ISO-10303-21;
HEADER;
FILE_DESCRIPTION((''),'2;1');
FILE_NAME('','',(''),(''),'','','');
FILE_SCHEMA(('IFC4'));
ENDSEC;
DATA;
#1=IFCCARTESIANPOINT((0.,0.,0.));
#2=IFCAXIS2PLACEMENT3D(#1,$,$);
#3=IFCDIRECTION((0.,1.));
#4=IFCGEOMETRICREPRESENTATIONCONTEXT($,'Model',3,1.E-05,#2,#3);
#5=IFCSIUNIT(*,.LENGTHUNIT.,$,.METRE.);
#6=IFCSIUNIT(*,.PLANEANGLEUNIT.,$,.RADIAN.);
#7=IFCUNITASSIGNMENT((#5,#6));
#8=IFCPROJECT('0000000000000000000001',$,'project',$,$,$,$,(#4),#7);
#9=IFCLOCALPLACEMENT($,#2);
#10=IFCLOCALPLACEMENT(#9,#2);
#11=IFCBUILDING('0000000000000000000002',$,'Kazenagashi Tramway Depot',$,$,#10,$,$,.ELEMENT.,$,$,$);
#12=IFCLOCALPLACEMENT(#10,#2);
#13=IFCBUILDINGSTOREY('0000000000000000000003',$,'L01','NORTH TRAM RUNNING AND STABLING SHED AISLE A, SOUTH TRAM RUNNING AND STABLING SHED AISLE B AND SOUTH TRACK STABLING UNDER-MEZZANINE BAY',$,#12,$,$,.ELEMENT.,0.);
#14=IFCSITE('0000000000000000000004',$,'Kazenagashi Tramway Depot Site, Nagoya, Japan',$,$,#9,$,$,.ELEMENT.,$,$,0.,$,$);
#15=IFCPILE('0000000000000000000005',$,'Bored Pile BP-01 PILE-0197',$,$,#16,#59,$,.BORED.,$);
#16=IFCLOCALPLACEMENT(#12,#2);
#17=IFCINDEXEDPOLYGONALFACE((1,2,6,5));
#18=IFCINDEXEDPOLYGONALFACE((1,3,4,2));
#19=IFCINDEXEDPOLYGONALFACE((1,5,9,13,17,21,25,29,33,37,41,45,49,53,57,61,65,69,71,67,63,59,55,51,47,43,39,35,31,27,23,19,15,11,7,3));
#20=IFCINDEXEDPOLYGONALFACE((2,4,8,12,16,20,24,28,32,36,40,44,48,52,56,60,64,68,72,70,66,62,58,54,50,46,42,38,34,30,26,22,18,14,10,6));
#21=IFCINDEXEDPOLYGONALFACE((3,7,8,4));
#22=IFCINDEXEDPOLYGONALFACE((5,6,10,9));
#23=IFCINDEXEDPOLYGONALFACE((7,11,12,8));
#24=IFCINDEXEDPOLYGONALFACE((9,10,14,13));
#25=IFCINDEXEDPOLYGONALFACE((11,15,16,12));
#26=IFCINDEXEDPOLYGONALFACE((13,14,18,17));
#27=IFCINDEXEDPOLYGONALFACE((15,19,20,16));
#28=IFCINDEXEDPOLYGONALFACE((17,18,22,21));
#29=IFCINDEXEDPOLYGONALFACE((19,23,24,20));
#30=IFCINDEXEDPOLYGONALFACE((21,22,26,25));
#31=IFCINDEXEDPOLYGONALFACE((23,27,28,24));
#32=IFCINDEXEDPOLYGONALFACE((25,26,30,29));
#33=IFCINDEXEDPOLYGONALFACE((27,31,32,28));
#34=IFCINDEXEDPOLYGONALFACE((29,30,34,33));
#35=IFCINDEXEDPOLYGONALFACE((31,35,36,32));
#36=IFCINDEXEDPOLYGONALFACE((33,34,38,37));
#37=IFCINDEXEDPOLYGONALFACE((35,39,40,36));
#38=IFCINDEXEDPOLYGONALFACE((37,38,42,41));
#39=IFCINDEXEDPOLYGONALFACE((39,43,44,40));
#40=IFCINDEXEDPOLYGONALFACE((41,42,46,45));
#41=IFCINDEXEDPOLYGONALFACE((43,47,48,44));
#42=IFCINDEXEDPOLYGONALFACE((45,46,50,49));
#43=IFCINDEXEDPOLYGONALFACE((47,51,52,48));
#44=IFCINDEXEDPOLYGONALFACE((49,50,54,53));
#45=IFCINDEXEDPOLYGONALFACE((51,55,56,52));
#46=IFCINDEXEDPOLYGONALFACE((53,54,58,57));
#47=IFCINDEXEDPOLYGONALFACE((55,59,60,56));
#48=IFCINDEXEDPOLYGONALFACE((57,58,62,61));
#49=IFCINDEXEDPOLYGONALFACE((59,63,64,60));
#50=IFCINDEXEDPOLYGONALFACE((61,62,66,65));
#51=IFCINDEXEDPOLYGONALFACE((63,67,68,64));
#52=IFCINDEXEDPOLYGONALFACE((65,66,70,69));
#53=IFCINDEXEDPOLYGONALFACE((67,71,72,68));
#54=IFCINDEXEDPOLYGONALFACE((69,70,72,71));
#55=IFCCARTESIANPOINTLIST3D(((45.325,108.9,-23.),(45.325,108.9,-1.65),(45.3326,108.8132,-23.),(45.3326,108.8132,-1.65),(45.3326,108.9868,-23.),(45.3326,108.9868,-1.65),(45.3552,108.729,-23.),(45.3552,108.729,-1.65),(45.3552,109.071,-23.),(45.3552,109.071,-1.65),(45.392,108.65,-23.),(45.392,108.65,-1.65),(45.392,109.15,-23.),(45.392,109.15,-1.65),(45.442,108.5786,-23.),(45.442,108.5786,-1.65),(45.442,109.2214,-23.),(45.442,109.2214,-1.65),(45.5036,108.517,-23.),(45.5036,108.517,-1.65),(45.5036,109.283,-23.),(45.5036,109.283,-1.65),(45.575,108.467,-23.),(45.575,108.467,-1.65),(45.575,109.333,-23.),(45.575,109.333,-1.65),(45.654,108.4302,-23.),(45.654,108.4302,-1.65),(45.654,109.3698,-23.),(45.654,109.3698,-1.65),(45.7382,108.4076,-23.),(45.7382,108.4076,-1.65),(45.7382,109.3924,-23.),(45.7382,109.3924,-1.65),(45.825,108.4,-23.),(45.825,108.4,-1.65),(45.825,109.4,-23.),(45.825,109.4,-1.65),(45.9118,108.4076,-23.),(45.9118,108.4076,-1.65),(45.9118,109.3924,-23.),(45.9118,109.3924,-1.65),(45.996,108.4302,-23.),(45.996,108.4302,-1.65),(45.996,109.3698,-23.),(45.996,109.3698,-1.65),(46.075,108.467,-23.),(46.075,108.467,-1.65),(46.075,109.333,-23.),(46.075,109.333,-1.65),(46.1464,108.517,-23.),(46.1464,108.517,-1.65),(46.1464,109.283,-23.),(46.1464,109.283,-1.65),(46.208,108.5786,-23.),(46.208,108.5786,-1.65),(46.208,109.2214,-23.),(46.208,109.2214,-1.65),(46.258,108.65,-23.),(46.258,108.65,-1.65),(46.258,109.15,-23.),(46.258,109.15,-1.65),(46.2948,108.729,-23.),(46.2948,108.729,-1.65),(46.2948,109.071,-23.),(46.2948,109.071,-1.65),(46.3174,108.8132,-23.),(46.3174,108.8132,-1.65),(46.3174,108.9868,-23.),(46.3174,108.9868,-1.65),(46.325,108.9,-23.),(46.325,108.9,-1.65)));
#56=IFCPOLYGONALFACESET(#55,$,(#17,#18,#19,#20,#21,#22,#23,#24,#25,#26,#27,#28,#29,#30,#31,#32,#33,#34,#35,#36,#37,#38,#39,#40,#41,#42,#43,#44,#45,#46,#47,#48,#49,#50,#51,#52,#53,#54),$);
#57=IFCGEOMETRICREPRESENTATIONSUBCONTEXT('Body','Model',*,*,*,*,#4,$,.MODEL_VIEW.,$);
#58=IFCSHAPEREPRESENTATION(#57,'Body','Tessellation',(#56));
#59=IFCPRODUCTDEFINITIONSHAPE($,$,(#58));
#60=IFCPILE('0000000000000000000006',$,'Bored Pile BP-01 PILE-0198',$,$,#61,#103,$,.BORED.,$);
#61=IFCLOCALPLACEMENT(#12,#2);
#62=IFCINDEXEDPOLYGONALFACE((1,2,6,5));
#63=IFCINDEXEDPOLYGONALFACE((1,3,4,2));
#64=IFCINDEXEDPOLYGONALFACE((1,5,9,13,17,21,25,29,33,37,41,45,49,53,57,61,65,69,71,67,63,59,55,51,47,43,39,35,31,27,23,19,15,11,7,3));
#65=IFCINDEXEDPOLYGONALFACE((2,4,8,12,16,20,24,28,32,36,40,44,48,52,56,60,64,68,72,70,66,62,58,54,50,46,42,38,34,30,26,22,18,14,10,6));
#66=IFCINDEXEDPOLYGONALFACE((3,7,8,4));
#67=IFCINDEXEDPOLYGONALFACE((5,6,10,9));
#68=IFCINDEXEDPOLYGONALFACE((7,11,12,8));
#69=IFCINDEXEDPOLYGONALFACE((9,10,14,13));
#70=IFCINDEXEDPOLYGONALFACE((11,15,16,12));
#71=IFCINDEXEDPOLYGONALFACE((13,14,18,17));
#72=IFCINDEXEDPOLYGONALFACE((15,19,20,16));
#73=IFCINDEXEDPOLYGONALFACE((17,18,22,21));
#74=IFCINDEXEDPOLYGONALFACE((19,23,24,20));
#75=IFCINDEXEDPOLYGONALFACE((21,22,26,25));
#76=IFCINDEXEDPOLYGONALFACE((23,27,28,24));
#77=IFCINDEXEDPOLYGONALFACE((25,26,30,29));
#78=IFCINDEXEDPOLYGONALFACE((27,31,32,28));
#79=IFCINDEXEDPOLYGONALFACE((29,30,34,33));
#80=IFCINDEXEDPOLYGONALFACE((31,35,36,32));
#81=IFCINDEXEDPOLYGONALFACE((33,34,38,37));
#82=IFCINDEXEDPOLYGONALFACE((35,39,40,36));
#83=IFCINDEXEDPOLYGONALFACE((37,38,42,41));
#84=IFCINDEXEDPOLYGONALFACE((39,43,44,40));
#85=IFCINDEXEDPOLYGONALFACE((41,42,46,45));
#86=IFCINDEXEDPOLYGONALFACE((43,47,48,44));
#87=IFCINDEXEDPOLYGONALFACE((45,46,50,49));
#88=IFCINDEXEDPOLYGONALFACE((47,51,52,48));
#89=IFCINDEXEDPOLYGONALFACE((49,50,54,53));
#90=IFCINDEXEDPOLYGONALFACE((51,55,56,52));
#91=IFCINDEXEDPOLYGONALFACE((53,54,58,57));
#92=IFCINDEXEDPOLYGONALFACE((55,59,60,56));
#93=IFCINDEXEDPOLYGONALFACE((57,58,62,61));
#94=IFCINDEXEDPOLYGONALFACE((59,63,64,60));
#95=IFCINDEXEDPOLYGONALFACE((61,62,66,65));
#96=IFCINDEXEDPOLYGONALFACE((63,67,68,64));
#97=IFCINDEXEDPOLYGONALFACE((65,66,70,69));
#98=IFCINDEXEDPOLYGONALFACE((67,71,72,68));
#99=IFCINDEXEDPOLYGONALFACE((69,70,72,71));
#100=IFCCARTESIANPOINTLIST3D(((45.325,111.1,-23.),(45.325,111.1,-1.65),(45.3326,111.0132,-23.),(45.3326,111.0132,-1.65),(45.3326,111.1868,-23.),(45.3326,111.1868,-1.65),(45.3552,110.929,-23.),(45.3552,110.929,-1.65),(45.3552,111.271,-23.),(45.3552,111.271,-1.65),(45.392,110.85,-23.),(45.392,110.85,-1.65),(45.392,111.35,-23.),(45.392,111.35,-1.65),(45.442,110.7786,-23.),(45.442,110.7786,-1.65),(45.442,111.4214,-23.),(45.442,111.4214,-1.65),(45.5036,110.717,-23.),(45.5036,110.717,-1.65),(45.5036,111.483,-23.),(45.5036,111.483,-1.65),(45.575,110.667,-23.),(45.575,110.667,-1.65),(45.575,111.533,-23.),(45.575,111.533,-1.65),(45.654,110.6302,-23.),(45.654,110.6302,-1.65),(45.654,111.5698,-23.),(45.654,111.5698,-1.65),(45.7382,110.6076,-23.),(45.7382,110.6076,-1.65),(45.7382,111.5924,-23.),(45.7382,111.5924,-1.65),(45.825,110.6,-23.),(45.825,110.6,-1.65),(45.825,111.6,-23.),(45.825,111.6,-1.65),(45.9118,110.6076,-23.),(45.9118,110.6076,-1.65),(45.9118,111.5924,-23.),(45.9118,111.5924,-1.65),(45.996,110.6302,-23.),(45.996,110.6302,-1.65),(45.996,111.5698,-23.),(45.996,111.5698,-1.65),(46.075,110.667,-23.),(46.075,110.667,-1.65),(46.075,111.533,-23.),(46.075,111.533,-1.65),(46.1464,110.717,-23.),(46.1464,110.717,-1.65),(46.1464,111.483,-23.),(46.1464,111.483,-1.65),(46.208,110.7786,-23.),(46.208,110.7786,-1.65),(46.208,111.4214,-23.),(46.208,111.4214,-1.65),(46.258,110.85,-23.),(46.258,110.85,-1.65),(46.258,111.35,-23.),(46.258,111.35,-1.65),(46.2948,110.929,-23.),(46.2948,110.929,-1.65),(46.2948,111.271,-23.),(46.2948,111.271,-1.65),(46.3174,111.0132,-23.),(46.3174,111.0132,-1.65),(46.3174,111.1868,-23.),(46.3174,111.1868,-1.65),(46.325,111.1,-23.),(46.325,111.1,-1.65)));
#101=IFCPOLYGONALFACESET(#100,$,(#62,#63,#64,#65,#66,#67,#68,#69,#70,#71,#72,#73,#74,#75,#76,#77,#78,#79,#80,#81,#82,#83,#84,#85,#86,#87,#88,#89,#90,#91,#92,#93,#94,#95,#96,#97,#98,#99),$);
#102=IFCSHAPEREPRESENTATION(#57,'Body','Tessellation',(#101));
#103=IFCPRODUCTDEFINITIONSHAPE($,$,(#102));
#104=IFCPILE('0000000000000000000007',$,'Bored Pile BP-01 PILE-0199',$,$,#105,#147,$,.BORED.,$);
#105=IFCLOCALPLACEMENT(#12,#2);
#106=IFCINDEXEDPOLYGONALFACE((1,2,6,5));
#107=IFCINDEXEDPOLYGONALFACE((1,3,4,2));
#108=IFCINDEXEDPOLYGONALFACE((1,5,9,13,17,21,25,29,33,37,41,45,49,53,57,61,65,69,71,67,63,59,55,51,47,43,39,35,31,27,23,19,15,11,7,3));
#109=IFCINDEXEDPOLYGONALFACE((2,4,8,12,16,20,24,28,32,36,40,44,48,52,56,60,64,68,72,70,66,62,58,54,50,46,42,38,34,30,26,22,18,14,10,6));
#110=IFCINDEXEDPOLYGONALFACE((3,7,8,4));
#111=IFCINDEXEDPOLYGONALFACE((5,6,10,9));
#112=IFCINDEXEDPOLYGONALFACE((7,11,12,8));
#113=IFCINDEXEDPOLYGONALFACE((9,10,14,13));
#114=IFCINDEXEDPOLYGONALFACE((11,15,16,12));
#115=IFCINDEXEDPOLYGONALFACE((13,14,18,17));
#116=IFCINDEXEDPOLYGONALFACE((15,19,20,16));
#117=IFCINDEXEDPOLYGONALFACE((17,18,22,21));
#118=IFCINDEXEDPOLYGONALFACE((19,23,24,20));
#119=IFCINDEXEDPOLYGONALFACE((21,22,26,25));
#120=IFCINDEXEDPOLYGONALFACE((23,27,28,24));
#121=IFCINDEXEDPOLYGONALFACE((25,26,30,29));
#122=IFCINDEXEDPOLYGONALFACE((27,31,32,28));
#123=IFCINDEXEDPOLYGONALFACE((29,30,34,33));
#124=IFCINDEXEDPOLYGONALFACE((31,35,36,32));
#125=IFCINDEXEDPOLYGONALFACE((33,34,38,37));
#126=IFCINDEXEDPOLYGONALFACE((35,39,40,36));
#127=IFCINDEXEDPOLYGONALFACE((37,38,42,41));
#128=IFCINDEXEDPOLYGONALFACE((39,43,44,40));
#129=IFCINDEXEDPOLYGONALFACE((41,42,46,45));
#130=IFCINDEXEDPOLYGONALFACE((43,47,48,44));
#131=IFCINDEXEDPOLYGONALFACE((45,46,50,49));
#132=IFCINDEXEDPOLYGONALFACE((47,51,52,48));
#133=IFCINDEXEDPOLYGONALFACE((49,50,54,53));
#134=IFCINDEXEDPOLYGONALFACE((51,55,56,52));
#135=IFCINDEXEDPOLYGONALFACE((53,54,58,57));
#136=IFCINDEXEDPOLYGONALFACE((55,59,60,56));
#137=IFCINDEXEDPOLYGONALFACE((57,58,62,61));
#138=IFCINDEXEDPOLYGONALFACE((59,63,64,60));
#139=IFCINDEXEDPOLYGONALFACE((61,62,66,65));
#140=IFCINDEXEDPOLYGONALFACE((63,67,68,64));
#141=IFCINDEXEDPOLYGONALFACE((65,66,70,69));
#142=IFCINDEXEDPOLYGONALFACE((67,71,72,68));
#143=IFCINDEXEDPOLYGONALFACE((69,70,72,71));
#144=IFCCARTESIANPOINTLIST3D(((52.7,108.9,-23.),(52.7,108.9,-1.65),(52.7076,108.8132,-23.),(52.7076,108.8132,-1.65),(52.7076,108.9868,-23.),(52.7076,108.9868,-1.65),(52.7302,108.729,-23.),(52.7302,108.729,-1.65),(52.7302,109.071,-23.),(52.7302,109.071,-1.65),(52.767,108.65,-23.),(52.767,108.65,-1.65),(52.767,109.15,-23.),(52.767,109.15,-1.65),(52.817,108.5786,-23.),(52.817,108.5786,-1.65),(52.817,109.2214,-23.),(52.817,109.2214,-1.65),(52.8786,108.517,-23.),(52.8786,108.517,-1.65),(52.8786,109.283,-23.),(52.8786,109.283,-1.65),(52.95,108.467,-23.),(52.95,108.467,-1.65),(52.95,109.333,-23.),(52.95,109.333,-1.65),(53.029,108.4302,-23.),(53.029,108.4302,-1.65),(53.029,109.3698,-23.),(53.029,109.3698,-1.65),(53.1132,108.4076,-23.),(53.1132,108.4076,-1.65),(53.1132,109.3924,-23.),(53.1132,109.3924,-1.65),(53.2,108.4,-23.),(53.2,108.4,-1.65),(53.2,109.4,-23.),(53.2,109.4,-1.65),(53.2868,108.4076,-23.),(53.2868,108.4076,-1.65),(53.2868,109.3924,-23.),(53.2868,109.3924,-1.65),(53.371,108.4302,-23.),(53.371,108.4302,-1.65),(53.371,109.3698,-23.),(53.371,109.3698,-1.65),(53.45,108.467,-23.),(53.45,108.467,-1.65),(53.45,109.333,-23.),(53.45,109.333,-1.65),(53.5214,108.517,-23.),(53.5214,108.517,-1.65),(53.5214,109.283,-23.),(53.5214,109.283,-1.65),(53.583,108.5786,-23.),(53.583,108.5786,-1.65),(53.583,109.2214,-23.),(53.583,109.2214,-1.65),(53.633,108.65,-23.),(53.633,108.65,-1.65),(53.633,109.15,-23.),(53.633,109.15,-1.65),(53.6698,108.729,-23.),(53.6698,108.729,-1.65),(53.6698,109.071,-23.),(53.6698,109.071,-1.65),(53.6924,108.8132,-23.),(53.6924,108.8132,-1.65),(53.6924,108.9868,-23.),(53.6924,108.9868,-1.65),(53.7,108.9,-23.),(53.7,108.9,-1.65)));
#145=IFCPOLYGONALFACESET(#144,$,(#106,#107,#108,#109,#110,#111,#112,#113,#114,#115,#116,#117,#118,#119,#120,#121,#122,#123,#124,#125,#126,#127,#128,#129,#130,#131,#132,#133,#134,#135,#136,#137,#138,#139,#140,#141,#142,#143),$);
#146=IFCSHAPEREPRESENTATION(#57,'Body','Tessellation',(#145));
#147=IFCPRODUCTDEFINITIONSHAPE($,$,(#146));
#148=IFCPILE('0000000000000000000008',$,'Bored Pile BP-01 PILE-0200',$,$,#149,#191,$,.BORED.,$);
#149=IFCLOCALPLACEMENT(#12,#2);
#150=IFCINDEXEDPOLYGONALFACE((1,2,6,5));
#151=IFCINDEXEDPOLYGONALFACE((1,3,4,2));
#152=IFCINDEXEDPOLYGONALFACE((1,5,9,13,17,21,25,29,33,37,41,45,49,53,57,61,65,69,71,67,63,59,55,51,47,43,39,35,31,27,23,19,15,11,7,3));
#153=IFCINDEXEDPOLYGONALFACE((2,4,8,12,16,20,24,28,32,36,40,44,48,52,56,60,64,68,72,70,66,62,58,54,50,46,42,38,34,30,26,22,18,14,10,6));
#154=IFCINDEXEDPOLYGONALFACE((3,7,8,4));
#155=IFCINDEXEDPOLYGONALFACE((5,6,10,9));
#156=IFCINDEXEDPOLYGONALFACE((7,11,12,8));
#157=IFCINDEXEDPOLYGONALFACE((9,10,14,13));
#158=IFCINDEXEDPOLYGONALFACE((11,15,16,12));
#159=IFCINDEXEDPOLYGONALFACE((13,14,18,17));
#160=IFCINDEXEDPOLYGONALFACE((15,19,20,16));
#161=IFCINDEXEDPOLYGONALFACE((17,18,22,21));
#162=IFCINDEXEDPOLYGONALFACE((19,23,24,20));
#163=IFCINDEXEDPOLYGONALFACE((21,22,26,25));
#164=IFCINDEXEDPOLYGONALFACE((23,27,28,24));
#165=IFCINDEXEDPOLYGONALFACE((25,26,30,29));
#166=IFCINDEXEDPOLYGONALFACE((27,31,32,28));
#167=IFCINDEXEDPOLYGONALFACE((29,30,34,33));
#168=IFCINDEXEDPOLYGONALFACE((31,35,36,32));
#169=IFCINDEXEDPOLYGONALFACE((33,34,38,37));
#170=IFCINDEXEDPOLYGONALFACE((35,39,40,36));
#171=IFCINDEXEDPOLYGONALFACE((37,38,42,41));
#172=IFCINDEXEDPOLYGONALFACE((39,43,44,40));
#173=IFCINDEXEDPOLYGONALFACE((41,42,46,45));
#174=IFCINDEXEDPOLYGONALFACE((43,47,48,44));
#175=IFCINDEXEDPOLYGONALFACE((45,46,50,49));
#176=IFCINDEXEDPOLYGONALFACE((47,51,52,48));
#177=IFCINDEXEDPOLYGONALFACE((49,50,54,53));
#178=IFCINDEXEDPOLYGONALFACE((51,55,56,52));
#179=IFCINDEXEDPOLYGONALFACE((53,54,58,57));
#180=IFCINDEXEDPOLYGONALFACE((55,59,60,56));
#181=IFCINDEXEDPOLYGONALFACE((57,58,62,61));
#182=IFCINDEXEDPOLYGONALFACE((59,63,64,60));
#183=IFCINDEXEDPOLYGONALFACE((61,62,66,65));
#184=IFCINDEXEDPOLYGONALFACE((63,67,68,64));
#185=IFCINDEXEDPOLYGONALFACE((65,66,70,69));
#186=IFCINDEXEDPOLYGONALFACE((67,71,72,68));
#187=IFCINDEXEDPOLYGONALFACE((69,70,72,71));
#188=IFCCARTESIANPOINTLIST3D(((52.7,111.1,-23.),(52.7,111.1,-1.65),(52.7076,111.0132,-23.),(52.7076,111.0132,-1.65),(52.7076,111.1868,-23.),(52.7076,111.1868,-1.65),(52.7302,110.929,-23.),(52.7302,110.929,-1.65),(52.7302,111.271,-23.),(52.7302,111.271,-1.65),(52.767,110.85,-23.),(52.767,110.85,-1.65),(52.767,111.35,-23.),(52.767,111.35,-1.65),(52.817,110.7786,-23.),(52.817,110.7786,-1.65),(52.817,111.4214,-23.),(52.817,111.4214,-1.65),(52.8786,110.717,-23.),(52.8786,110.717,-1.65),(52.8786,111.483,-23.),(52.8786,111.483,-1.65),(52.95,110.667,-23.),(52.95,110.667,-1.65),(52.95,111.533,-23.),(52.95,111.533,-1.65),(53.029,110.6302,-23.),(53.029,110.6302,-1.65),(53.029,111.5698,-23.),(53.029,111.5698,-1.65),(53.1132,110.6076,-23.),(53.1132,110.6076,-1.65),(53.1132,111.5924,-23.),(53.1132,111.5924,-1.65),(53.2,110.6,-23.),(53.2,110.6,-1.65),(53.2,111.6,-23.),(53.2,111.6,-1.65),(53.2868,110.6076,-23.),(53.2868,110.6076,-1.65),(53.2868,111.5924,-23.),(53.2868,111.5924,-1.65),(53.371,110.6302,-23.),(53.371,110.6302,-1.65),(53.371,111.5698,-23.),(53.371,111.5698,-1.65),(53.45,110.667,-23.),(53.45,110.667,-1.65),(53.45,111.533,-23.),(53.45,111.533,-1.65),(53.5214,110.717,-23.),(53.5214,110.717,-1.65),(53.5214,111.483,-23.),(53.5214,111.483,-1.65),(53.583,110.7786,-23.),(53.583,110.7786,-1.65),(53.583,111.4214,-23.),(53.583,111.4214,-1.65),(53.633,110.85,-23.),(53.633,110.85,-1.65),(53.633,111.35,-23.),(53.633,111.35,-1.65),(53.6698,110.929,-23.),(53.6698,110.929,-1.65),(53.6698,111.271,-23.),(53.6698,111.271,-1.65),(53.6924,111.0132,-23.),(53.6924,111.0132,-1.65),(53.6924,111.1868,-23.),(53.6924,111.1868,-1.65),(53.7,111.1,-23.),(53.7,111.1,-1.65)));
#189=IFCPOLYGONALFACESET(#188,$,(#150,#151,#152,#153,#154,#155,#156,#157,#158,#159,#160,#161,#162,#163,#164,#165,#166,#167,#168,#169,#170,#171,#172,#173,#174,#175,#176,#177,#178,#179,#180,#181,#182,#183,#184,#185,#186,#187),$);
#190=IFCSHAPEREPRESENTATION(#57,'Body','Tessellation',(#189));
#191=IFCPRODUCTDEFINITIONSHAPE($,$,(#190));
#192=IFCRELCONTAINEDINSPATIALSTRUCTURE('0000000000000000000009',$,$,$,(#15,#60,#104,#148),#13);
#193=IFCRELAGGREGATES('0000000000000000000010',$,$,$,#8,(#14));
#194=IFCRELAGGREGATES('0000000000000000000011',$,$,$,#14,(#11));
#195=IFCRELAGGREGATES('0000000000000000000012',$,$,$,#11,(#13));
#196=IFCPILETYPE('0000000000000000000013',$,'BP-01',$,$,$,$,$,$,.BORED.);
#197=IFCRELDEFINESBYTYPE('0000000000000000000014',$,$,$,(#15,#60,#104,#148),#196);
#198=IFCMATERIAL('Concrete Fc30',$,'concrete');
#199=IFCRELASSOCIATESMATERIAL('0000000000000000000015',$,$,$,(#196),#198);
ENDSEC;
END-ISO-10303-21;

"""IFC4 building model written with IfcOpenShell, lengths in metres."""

from ifc_helpers import new_model, si_unit, direction, frame, origin, origin_2d, place, context, subcontext, project, spatial, circle, extrude, material, material_profile, profile_set, type_object, element, save


model = new_model("IFC4")

# Units and contexts
model_context = context("Model", 3, precision=1e-05, world=origin(), true_north=direction((0.0, 1.0)))
body_context = subcontext(model_context, "Body", "Model", "MODEL_VIEW")
ifc_project = project(units=[si_unit("LENGTHUNIT", "METRE"), si_unit("PLANEANGLEUNIT", "RADIAN")], contexts=[model_context])

# Site, building, storey
site_placement = place(None, origin())
site = spatial("IfcSite", under=ifc_project, at=site_placement, Name="Kazenagashi Tramway Depot Site, Nagoya, Japan", CompositionType="ELEMENT", RefElevation=0.0)
building_placement = place(site_placement, origin())
building = spatial("IfcBuilding", under=site, at=building_placement, Name="Kazenagashi Tramway Depot", CompositionType="ELEMENT")
storey_placement = place(building_placement, origin())
storey = spatial("IfcBuildingStorey", under=building, at=storey_placement, Name="L01", Description="NORTH TRAM RUNNING AND STABLING SHED AISLE A, SOUTH TRAM RUNNING AND STABLING SHED AISLE B AND SOUTH TRACK STABLING UNDER-MEZZANINE BAY", CompositionType="ELEMENT", Elevation=0.0)

# Piles
ifc_material_1 = material(Name="Concrete Fc30", Category="concrete")
ifc_material_profile_1 = material_profile(ifc_material_1, circle(Radius=0.5, at=origin_2d()), Name="PILE-1000")
ifc_profile_set_1 = profile_set([ifc_material_profile_1], Name="Concrete Fc30")
pile_type_1 = type_object("IfcPileType", Name="BP-01", PredefinedType="BORED", material=ifc_profile_set_1)
for number, where, z_axis, x_axis, name in (
    (1, (45.825, 108.9, -1.65), (0.0, 0.0, -1.0), (1.0, 0.0, 0.0), "Bored Pile BP-01 PILE-0197"),
    (2, (45.825, 111.1, -1.65), (0.0, 0.0, -1.0), (1.0, 0.0, 0.0), "Bored Pile BP-01 PILE-0198"),
    (3, (53.2, 108.9, -1.65), (0.0, 0.0, -1.0), (1.0, 0.0, 0.0), "Bored Pile BP-01 PILE-0199"),
    (4, (53.2, 111.1, -1.65), (0.0, 0.0, -1.0), (1.0, 0.0, 0.0), "Bored Pile BP-01 PILE-0200"),
):
    element("IfcPile", number, at=place(storey_placement, frame(where, z_axis=z_axis, x_axis=x_axis)), inside=storey, type_object=pile_type_1, Name=name, PredefinedType="BORED", context=body_context, shape_type="SweptSolid", body=[
        extrude(circle(Radius=0.5, at=origin_2d()), origin(), (0.0, 0.0, 1.0), 21.35),
    ])

save(model, "model.ifc")
